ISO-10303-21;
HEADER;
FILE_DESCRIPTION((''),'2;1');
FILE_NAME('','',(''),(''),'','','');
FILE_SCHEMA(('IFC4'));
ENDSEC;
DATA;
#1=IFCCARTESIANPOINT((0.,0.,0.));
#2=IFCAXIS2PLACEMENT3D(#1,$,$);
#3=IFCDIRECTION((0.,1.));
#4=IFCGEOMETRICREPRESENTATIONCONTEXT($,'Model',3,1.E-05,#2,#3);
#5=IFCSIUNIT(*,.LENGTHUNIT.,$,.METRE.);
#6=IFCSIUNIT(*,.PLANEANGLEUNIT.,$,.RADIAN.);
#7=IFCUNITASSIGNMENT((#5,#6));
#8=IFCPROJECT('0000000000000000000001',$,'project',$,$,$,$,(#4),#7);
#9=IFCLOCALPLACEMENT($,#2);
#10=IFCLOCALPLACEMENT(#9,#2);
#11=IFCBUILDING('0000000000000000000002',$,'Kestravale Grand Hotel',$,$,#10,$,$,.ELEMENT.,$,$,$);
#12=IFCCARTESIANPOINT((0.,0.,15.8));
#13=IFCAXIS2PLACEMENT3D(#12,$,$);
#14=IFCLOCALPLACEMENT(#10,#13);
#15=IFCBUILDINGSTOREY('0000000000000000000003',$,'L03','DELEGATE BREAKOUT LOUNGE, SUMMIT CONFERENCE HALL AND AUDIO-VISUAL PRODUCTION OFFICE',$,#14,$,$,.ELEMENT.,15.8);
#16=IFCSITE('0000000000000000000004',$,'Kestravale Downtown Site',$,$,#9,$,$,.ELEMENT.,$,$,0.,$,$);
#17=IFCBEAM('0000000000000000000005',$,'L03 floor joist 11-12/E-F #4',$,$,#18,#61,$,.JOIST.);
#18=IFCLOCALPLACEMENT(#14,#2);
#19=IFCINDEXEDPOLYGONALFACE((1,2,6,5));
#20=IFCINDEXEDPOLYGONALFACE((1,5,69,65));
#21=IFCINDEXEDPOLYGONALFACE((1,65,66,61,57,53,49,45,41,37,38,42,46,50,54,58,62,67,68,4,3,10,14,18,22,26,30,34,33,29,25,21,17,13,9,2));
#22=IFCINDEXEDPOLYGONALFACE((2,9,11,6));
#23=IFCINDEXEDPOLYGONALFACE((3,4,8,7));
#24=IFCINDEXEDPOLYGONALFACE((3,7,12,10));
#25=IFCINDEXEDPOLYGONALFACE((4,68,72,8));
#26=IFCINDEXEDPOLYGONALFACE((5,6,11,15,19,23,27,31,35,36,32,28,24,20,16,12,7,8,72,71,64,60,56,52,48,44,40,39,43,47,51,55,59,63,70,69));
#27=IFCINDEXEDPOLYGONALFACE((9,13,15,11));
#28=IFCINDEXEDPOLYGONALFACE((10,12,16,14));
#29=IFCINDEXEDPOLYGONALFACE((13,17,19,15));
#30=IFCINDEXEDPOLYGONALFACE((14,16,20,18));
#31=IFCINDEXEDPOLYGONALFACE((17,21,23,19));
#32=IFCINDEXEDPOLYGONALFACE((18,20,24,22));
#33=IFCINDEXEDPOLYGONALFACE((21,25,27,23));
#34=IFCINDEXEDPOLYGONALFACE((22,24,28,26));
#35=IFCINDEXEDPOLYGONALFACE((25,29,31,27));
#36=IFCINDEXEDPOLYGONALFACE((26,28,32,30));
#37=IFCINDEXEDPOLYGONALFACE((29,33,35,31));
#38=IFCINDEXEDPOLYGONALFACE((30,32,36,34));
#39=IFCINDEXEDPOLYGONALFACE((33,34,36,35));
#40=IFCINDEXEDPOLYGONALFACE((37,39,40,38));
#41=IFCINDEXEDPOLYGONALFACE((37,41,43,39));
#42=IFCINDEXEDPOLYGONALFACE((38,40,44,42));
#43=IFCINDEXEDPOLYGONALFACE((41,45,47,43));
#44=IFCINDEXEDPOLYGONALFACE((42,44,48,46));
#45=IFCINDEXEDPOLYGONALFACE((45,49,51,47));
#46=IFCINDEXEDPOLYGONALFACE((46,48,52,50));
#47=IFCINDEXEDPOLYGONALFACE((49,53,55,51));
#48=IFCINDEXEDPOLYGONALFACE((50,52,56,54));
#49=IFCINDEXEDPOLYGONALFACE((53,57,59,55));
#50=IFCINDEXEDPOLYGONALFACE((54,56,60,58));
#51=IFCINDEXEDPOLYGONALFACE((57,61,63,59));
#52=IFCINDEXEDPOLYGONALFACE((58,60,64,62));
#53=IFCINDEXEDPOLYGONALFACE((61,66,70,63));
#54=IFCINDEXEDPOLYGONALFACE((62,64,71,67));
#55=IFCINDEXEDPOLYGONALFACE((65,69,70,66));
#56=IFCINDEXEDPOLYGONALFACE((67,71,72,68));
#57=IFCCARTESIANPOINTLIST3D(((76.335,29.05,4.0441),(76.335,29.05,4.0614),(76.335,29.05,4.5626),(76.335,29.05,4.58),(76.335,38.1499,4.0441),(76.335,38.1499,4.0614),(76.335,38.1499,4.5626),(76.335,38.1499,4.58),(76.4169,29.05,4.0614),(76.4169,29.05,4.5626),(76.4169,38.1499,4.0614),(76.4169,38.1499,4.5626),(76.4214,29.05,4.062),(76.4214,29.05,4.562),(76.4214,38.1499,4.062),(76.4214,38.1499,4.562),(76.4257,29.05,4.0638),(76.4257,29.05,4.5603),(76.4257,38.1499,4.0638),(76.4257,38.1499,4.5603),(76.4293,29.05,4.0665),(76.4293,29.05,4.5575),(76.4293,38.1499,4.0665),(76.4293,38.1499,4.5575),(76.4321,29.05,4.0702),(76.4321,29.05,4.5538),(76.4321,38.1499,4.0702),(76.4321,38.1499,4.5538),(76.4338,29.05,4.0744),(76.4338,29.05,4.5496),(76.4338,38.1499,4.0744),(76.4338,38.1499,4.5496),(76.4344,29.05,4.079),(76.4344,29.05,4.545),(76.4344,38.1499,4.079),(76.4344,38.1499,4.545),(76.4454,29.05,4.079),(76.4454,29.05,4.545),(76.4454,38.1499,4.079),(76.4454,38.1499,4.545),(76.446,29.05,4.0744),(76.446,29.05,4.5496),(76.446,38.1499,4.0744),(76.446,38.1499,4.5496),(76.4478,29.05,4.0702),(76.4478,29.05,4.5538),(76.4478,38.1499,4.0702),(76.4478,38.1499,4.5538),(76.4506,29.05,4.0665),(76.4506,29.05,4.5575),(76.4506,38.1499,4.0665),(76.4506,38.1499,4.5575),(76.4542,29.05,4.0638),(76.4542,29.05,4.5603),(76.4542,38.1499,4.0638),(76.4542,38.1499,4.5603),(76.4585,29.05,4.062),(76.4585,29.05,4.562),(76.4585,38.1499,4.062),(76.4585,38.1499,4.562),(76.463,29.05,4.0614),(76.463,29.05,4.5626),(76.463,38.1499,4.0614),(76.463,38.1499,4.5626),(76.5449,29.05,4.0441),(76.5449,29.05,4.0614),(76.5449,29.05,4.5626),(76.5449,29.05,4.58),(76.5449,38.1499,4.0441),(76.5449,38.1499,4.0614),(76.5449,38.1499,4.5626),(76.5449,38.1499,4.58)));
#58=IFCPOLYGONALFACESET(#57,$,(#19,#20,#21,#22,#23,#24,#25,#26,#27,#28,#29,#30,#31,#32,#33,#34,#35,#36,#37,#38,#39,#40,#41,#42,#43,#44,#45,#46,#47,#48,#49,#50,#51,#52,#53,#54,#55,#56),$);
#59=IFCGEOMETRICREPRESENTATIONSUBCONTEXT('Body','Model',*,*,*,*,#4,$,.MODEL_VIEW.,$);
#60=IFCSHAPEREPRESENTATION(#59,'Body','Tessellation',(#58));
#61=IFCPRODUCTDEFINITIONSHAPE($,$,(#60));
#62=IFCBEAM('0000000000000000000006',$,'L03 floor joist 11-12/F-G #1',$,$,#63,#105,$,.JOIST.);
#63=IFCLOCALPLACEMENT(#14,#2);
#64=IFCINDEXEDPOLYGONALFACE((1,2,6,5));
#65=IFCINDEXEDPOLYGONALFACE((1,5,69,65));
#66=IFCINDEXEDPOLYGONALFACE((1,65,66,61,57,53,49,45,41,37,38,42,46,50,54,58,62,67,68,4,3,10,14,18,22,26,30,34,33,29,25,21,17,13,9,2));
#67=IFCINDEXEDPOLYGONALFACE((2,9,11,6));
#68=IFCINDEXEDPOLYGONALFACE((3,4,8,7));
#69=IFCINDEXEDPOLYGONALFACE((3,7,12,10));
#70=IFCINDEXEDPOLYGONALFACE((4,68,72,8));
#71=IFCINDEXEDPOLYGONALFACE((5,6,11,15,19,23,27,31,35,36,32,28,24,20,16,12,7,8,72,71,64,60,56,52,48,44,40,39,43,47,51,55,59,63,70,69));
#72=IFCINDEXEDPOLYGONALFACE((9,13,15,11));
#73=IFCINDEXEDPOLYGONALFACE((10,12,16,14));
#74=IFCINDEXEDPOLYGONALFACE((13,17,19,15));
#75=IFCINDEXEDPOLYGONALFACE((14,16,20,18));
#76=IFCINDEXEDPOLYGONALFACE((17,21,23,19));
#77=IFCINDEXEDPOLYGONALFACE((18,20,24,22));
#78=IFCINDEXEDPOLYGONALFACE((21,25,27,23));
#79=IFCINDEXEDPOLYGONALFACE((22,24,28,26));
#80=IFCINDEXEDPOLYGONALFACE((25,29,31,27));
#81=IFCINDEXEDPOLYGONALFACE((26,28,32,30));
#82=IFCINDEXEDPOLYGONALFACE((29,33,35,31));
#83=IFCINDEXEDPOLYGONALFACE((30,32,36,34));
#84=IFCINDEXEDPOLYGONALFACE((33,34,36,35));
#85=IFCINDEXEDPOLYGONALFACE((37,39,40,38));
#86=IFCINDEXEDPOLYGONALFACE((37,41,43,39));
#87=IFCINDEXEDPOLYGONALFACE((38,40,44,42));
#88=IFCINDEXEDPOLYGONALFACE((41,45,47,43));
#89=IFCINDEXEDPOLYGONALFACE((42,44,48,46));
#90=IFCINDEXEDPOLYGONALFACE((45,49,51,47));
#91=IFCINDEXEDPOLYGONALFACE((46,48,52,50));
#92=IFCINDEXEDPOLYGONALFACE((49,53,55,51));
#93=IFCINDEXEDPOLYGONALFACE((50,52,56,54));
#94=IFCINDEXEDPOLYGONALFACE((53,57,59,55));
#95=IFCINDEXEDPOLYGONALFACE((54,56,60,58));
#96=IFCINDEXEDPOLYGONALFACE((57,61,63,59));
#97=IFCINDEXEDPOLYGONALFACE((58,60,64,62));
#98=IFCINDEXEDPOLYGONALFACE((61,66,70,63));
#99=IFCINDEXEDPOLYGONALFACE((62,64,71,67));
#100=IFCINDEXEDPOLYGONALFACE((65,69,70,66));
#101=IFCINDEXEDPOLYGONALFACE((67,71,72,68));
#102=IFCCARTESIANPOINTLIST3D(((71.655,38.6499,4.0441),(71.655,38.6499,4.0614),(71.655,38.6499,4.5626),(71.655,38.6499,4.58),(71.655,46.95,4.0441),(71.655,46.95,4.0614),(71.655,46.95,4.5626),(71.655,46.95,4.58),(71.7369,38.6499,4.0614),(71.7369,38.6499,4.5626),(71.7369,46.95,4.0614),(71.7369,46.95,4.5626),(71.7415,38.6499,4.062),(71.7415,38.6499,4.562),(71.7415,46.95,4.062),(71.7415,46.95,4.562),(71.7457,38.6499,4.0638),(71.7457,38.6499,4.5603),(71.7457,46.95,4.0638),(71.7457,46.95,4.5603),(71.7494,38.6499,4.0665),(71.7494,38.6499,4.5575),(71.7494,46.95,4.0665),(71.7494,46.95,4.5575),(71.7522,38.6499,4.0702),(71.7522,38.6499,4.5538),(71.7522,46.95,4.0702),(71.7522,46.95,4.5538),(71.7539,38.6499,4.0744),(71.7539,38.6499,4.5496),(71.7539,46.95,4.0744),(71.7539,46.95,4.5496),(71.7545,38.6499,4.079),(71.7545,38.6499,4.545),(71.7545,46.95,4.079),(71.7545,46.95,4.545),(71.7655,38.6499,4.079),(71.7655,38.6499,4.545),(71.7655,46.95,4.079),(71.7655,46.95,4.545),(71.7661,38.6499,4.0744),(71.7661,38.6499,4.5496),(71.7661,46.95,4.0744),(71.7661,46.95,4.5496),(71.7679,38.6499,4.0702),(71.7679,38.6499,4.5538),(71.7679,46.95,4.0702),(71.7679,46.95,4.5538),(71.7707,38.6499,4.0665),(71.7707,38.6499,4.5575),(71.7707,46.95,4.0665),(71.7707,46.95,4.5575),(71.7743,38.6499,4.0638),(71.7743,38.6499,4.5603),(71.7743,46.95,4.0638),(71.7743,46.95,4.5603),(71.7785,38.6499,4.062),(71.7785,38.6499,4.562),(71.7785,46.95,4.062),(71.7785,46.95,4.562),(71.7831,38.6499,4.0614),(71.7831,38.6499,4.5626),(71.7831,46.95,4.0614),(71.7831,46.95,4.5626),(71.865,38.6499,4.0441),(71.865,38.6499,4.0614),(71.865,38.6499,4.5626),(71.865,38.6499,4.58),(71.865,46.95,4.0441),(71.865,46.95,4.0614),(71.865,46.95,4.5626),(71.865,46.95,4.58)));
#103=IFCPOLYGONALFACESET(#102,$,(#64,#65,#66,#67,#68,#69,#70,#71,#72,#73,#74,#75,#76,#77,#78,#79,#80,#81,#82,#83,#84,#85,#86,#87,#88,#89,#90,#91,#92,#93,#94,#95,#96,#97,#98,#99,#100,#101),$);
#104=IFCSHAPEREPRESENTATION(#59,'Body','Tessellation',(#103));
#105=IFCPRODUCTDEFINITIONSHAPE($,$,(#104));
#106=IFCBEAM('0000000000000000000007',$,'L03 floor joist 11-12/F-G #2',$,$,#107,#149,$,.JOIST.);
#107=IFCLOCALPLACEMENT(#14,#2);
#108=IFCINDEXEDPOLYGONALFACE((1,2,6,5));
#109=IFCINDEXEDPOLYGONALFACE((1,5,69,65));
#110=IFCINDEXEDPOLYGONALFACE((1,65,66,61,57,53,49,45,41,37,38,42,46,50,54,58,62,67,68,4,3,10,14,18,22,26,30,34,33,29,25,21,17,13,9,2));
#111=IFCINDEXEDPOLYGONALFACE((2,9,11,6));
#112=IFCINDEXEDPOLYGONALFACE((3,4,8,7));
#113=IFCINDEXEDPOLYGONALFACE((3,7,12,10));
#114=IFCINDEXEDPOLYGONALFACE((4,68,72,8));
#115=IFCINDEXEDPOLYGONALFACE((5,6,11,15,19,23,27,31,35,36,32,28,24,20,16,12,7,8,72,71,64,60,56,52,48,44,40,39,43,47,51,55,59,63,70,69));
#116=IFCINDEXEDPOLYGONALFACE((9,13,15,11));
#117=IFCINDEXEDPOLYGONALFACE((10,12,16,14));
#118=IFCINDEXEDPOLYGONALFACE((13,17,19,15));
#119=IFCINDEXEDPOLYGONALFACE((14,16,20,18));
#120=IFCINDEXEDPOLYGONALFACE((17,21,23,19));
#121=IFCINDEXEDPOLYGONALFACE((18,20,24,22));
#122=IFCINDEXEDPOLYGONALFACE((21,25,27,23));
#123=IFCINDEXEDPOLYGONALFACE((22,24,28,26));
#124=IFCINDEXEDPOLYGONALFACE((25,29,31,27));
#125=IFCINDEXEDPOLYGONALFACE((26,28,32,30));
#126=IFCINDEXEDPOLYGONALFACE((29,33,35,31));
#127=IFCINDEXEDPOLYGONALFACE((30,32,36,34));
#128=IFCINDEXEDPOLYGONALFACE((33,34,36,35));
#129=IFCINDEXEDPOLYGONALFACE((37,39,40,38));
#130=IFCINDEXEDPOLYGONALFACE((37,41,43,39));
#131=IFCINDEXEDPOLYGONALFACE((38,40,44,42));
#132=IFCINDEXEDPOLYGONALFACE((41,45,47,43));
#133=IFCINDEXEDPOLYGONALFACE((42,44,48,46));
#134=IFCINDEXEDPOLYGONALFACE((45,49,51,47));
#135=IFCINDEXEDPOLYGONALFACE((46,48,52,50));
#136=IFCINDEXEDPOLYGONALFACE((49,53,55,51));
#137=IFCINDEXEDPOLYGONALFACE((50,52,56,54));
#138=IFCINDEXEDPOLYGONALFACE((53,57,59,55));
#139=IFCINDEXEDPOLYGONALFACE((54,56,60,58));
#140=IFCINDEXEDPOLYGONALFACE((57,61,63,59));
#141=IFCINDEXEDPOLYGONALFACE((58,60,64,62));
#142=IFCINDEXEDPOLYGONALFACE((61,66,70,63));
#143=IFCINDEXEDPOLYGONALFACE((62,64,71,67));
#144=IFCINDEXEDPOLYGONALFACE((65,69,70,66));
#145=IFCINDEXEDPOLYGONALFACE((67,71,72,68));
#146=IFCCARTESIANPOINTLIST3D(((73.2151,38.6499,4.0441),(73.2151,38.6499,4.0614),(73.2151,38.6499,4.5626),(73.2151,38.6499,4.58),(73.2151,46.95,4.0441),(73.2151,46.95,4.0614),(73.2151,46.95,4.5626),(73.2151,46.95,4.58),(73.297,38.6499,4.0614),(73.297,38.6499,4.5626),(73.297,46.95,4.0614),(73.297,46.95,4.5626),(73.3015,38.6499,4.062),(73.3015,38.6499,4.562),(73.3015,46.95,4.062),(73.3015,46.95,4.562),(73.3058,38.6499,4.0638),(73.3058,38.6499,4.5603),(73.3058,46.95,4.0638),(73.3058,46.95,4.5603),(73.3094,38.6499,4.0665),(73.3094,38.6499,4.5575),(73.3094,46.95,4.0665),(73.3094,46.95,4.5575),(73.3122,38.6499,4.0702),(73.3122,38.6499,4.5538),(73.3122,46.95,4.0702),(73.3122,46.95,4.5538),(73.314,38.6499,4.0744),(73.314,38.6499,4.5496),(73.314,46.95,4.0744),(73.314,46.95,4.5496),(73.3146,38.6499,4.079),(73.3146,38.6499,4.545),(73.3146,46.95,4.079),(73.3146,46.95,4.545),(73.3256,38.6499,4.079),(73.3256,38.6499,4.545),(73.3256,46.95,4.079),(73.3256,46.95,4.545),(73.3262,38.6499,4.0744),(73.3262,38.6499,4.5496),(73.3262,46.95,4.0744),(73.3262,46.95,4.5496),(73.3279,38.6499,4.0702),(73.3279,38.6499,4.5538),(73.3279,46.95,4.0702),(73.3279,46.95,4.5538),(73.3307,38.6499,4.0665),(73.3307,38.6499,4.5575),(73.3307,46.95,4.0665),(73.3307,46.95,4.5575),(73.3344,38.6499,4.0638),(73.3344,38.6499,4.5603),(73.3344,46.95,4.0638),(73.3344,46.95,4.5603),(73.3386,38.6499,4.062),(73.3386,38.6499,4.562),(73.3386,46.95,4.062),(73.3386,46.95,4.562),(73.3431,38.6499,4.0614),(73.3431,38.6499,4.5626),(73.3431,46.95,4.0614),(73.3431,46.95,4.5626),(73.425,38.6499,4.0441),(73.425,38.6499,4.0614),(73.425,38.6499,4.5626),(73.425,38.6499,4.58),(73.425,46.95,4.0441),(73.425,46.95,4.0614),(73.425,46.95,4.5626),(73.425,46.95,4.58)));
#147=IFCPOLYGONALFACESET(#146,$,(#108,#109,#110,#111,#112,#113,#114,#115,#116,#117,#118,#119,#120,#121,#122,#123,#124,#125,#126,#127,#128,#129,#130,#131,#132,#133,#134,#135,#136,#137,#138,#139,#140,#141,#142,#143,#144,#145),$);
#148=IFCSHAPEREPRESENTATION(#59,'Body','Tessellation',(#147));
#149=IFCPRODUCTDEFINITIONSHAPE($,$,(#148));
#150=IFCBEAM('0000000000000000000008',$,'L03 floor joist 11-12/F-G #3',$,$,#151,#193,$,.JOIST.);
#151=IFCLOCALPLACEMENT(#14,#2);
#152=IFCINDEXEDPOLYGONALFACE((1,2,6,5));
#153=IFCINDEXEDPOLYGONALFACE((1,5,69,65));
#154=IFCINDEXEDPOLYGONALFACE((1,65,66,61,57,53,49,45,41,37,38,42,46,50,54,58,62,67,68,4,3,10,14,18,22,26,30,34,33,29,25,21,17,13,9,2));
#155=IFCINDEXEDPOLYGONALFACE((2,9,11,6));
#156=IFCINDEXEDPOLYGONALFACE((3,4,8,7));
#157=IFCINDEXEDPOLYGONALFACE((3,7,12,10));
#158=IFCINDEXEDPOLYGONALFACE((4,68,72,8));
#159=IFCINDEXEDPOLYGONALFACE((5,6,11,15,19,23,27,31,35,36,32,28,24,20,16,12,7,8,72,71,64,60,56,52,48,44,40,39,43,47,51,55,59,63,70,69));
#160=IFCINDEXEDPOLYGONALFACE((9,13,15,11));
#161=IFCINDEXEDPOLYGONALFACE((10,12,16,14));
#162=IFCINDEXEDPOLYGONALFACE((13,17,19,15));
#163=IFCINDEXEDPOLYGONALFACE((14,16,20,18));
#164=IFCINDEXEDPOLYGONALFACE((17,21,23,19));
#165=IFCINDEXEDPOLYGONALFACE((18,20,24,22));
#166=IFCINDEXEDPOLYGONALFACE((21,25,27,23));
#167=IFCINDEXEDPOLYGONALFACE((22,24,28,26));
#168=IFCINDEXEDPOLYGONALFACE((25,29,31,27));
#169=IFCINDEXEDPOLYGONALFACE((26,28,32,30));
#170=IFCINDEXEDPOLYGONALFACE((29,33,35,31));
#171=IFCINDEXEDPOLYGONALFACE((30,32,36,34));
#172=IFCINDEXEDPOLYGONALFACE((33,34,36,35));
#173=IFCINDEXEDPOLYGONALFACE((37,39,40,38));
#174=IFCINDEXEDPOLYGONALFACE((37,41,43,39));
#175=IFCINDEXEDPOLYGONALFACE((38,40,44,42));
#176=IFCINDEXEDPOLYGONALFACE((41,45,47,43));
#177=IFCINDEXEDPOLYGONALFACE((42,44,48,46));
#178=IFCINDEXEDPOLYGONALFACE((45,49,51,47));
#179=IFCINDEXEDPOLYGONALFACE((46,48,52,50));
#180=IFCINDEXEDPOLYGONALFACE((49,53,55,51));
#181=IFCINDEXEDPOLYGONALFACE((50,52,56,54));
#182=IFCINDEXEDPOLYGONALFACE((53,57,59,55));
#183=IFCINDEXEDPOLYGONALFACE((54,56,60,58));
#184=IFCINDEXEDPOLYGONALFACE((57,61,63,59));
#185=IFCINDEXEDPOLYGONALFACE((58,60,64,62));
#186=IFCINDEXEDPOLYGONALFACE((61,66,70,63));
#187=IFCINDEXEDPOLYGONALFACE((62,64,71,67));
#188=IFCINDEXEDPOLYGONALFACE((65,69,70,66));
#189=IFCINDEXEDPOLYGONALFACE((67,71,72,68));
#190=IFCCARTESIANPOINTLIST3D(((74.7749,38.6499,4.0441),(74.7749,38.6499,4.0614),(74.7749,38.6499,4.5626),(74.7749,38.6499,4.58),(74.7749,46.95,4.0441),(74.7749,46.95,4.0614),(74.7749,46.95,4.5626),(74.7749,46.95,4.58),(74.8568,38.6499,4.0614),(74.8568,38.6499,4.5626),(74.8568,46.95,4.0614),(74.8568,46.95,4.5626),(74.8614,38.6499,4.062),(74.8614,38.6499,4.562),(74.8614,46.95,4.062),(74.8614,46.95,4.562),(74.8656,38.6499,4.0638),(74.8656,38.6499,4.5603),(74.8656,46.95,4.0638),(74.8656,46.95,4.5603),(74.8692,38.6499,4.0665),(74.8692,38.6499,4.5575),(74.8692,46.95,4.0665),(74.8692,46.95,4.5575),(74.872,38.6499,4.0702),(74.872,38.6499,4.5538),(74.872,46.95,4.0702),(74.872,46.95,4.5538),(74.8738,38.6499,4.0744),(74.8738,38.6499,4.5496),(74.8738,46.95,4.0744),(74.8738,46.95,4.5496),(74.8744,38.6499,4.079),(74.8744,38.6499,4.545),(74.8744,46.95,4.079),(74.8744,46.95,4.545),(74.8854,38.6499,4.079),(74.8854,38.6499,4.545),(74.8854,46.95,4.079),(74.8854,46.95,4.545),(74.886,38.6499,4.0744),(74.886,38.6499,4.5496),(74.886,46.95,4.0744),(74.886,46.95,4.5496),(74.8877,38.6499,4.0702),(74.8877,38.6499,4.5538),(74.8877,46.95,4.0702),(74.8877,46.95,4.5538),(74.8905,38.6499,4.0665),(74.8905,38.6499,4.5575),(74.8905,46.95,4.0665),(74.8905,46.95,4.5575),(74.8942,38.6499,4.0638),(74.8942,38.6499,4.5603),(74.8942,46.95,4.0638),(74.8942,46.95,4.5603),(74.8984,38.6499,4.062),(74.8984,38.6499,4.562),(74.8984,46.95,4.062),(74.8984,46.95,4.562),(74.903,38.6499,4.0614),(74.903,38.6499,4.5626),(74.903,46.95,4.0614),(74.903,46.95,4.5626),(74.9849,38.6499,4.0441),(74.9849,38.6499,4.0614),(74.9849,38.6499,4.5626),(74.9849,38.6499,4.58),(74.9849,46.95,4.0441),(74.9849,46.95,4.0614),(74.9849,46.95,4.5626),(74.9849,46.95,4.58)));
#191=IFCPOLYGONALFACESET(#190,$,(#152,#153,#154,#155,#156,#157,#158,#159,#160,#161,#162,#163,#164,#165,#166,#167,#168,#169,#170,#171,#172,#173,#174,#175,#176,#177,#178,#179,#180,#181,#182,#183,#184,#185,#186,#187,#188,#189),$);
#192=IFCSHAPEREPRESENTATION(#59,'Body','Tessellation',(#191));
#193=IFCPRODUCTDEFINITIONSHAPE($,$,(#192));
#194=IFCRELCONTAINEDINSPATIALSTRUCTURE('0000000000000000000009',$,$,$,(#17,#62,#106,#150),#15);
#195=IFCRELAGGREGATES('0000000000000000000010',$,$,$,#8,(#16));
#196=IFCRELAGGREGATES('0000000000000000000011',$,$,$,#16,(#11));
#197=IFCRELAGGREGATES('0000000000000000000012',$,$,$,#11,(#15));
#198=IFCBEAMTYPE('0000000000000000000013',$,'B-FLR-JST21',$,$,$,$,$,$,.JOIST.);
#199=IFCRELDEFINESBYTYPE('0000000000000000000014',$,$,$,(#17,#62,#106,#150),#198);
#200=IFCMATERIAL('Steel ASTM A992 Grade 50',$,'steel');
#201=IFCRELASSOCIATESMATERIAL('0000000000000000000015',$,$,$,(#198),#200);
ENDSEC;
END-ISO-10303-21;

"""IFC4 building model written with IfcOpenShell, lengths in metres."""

from ifc_helpers import new_model, si_unit, direction, frame, origin, origin_2d, place, context, subcontext, project, spatial, i_section, extrude, material, material_profile, profile_set, type_object, element, save


model = new_model("IFC4")

# Units and contexts
model_context = context("Model", 3, precision=1e-05, world=origin(), true_north=direction((0.0, 1.0)))
body_context = subcontext(model_context, "Body", "Model", "MODEL_VIEW")
ifc_project = project(units=[si_unit("LENGTHUNIT", "METRE"), si_unit("PLANEANGLEUNIT", "RADIAN")], contexts=[model_context])

# Site, building, storey
site_placement = place(None, origin())
site = spatial("IfcSite", under=ifc_project, at=site_placement, Name="Kestravale Downtown Site", CompositionType="ELEMENT", RefElevation=0.0)
building_placement = place(site_placement, origin())
building = spatial("IfcBuilding", under=site, at=building_placement, Name="Kestravale Grand Hotel", CompositionType="ELEMENT")
storey_placement = place(building_placement, frame((0.0, 0.0, 15.8)))
storey = spatial("IfcBuildingStorey", under=building, at=storey_placement, Name="L03", Description="DELEGATE BREAKOUT LOUNGE, SUMMIT CONFERENCE HALL AND AUDIO-VISUAL PRODUCTION OFFICE", CompositionType="ELEMENT", Elevation=15.8)

# Beams
ifc_material_1 = material(Name="Steel ASTM A992 Grade 50", Category="steel")
ifc_material_profile_1 = material_profile(ifc_material_1, i_section(OverallWidth=0.21, OverallDepth=0.5359, WebThickness=0.011, FlangeThickness=0.0173, FilletRadius=0.0176, at=origin_2d()))
ifc_profile_set_1 = profile_set([ifc_material_profile_1], Name="Steel ASTM A992 Grade 50")
beam_type_1 = type_object("IfcBeamType", Name="B-FLR-JST21", PredefinedType="JOIST", material=ifc_profile_set_1)
for number, where, z_axis, x_axis, name in (
    (1, (76.4399, 29.05, 4.312), (0.0, 1.0, 0.0), (-1.0, 0.0, 0.0), "L03 floor joist 11-12/E-F #4"),
):
    element("IfcBeam", number, at=place(storey_placement, frame(where, z_axis=z_axis, x_axis=x_axis)), inside=storey, type_object=beam_type_1, Name=name, PredefinedType="JOIST", context=body_context, shape_type="SweptSolid", body=[
        extrude(i_section(OverallWidth=0.21, OverallDepth=0.5359, WebThickness=0.011, FlangeThickness=0.0173, FilletRadius=0.0176, at=origin_2d()), origin(), (0.0, 0.0, 1.0), 9.0999),
    ])
for number, where, z_axis, x_axis, name in (
    (2, (71.76, 38.6499, 4.312), (0.0, 1.0, 0.0), (-1.0, 0.0, 0.0), "L03 floor joist 11-12/F-G #1"),
    (3, (73.3201, 38.6499, 4.312), (0.0, 1.0, 0.0), (-1.0, 0.0, 0.0), "L03 floor joist 11-12/F-G #2"),
    (4, (74.8799, 38.6499, 4.312), (0.0, 1.0, 0.0), (-1.0, 0.0, 0.0), "L03 floor joist 11-12/F-G #3"),
):
    element("IfcBeam", number, at=place(storey_placement, frame(where, z_axis=z_axis, x_axis=x_axis)), inside=storey, type_object=beam_type_1, Name=name, PredefinedType="JOIST", context=body_context, shape_type="SweptSolid", body=[
        extrude(i_section(OverallWidth=0.21, OverallDepth=0.5359, WebThickness=0.011, FlangeThickness=0.0173, FilletRadius=0.0176, at=origin_2d()), origin(), (0.0, 0.0, 1.0), 8.3),
    ])

save(model, "model.ifc")
